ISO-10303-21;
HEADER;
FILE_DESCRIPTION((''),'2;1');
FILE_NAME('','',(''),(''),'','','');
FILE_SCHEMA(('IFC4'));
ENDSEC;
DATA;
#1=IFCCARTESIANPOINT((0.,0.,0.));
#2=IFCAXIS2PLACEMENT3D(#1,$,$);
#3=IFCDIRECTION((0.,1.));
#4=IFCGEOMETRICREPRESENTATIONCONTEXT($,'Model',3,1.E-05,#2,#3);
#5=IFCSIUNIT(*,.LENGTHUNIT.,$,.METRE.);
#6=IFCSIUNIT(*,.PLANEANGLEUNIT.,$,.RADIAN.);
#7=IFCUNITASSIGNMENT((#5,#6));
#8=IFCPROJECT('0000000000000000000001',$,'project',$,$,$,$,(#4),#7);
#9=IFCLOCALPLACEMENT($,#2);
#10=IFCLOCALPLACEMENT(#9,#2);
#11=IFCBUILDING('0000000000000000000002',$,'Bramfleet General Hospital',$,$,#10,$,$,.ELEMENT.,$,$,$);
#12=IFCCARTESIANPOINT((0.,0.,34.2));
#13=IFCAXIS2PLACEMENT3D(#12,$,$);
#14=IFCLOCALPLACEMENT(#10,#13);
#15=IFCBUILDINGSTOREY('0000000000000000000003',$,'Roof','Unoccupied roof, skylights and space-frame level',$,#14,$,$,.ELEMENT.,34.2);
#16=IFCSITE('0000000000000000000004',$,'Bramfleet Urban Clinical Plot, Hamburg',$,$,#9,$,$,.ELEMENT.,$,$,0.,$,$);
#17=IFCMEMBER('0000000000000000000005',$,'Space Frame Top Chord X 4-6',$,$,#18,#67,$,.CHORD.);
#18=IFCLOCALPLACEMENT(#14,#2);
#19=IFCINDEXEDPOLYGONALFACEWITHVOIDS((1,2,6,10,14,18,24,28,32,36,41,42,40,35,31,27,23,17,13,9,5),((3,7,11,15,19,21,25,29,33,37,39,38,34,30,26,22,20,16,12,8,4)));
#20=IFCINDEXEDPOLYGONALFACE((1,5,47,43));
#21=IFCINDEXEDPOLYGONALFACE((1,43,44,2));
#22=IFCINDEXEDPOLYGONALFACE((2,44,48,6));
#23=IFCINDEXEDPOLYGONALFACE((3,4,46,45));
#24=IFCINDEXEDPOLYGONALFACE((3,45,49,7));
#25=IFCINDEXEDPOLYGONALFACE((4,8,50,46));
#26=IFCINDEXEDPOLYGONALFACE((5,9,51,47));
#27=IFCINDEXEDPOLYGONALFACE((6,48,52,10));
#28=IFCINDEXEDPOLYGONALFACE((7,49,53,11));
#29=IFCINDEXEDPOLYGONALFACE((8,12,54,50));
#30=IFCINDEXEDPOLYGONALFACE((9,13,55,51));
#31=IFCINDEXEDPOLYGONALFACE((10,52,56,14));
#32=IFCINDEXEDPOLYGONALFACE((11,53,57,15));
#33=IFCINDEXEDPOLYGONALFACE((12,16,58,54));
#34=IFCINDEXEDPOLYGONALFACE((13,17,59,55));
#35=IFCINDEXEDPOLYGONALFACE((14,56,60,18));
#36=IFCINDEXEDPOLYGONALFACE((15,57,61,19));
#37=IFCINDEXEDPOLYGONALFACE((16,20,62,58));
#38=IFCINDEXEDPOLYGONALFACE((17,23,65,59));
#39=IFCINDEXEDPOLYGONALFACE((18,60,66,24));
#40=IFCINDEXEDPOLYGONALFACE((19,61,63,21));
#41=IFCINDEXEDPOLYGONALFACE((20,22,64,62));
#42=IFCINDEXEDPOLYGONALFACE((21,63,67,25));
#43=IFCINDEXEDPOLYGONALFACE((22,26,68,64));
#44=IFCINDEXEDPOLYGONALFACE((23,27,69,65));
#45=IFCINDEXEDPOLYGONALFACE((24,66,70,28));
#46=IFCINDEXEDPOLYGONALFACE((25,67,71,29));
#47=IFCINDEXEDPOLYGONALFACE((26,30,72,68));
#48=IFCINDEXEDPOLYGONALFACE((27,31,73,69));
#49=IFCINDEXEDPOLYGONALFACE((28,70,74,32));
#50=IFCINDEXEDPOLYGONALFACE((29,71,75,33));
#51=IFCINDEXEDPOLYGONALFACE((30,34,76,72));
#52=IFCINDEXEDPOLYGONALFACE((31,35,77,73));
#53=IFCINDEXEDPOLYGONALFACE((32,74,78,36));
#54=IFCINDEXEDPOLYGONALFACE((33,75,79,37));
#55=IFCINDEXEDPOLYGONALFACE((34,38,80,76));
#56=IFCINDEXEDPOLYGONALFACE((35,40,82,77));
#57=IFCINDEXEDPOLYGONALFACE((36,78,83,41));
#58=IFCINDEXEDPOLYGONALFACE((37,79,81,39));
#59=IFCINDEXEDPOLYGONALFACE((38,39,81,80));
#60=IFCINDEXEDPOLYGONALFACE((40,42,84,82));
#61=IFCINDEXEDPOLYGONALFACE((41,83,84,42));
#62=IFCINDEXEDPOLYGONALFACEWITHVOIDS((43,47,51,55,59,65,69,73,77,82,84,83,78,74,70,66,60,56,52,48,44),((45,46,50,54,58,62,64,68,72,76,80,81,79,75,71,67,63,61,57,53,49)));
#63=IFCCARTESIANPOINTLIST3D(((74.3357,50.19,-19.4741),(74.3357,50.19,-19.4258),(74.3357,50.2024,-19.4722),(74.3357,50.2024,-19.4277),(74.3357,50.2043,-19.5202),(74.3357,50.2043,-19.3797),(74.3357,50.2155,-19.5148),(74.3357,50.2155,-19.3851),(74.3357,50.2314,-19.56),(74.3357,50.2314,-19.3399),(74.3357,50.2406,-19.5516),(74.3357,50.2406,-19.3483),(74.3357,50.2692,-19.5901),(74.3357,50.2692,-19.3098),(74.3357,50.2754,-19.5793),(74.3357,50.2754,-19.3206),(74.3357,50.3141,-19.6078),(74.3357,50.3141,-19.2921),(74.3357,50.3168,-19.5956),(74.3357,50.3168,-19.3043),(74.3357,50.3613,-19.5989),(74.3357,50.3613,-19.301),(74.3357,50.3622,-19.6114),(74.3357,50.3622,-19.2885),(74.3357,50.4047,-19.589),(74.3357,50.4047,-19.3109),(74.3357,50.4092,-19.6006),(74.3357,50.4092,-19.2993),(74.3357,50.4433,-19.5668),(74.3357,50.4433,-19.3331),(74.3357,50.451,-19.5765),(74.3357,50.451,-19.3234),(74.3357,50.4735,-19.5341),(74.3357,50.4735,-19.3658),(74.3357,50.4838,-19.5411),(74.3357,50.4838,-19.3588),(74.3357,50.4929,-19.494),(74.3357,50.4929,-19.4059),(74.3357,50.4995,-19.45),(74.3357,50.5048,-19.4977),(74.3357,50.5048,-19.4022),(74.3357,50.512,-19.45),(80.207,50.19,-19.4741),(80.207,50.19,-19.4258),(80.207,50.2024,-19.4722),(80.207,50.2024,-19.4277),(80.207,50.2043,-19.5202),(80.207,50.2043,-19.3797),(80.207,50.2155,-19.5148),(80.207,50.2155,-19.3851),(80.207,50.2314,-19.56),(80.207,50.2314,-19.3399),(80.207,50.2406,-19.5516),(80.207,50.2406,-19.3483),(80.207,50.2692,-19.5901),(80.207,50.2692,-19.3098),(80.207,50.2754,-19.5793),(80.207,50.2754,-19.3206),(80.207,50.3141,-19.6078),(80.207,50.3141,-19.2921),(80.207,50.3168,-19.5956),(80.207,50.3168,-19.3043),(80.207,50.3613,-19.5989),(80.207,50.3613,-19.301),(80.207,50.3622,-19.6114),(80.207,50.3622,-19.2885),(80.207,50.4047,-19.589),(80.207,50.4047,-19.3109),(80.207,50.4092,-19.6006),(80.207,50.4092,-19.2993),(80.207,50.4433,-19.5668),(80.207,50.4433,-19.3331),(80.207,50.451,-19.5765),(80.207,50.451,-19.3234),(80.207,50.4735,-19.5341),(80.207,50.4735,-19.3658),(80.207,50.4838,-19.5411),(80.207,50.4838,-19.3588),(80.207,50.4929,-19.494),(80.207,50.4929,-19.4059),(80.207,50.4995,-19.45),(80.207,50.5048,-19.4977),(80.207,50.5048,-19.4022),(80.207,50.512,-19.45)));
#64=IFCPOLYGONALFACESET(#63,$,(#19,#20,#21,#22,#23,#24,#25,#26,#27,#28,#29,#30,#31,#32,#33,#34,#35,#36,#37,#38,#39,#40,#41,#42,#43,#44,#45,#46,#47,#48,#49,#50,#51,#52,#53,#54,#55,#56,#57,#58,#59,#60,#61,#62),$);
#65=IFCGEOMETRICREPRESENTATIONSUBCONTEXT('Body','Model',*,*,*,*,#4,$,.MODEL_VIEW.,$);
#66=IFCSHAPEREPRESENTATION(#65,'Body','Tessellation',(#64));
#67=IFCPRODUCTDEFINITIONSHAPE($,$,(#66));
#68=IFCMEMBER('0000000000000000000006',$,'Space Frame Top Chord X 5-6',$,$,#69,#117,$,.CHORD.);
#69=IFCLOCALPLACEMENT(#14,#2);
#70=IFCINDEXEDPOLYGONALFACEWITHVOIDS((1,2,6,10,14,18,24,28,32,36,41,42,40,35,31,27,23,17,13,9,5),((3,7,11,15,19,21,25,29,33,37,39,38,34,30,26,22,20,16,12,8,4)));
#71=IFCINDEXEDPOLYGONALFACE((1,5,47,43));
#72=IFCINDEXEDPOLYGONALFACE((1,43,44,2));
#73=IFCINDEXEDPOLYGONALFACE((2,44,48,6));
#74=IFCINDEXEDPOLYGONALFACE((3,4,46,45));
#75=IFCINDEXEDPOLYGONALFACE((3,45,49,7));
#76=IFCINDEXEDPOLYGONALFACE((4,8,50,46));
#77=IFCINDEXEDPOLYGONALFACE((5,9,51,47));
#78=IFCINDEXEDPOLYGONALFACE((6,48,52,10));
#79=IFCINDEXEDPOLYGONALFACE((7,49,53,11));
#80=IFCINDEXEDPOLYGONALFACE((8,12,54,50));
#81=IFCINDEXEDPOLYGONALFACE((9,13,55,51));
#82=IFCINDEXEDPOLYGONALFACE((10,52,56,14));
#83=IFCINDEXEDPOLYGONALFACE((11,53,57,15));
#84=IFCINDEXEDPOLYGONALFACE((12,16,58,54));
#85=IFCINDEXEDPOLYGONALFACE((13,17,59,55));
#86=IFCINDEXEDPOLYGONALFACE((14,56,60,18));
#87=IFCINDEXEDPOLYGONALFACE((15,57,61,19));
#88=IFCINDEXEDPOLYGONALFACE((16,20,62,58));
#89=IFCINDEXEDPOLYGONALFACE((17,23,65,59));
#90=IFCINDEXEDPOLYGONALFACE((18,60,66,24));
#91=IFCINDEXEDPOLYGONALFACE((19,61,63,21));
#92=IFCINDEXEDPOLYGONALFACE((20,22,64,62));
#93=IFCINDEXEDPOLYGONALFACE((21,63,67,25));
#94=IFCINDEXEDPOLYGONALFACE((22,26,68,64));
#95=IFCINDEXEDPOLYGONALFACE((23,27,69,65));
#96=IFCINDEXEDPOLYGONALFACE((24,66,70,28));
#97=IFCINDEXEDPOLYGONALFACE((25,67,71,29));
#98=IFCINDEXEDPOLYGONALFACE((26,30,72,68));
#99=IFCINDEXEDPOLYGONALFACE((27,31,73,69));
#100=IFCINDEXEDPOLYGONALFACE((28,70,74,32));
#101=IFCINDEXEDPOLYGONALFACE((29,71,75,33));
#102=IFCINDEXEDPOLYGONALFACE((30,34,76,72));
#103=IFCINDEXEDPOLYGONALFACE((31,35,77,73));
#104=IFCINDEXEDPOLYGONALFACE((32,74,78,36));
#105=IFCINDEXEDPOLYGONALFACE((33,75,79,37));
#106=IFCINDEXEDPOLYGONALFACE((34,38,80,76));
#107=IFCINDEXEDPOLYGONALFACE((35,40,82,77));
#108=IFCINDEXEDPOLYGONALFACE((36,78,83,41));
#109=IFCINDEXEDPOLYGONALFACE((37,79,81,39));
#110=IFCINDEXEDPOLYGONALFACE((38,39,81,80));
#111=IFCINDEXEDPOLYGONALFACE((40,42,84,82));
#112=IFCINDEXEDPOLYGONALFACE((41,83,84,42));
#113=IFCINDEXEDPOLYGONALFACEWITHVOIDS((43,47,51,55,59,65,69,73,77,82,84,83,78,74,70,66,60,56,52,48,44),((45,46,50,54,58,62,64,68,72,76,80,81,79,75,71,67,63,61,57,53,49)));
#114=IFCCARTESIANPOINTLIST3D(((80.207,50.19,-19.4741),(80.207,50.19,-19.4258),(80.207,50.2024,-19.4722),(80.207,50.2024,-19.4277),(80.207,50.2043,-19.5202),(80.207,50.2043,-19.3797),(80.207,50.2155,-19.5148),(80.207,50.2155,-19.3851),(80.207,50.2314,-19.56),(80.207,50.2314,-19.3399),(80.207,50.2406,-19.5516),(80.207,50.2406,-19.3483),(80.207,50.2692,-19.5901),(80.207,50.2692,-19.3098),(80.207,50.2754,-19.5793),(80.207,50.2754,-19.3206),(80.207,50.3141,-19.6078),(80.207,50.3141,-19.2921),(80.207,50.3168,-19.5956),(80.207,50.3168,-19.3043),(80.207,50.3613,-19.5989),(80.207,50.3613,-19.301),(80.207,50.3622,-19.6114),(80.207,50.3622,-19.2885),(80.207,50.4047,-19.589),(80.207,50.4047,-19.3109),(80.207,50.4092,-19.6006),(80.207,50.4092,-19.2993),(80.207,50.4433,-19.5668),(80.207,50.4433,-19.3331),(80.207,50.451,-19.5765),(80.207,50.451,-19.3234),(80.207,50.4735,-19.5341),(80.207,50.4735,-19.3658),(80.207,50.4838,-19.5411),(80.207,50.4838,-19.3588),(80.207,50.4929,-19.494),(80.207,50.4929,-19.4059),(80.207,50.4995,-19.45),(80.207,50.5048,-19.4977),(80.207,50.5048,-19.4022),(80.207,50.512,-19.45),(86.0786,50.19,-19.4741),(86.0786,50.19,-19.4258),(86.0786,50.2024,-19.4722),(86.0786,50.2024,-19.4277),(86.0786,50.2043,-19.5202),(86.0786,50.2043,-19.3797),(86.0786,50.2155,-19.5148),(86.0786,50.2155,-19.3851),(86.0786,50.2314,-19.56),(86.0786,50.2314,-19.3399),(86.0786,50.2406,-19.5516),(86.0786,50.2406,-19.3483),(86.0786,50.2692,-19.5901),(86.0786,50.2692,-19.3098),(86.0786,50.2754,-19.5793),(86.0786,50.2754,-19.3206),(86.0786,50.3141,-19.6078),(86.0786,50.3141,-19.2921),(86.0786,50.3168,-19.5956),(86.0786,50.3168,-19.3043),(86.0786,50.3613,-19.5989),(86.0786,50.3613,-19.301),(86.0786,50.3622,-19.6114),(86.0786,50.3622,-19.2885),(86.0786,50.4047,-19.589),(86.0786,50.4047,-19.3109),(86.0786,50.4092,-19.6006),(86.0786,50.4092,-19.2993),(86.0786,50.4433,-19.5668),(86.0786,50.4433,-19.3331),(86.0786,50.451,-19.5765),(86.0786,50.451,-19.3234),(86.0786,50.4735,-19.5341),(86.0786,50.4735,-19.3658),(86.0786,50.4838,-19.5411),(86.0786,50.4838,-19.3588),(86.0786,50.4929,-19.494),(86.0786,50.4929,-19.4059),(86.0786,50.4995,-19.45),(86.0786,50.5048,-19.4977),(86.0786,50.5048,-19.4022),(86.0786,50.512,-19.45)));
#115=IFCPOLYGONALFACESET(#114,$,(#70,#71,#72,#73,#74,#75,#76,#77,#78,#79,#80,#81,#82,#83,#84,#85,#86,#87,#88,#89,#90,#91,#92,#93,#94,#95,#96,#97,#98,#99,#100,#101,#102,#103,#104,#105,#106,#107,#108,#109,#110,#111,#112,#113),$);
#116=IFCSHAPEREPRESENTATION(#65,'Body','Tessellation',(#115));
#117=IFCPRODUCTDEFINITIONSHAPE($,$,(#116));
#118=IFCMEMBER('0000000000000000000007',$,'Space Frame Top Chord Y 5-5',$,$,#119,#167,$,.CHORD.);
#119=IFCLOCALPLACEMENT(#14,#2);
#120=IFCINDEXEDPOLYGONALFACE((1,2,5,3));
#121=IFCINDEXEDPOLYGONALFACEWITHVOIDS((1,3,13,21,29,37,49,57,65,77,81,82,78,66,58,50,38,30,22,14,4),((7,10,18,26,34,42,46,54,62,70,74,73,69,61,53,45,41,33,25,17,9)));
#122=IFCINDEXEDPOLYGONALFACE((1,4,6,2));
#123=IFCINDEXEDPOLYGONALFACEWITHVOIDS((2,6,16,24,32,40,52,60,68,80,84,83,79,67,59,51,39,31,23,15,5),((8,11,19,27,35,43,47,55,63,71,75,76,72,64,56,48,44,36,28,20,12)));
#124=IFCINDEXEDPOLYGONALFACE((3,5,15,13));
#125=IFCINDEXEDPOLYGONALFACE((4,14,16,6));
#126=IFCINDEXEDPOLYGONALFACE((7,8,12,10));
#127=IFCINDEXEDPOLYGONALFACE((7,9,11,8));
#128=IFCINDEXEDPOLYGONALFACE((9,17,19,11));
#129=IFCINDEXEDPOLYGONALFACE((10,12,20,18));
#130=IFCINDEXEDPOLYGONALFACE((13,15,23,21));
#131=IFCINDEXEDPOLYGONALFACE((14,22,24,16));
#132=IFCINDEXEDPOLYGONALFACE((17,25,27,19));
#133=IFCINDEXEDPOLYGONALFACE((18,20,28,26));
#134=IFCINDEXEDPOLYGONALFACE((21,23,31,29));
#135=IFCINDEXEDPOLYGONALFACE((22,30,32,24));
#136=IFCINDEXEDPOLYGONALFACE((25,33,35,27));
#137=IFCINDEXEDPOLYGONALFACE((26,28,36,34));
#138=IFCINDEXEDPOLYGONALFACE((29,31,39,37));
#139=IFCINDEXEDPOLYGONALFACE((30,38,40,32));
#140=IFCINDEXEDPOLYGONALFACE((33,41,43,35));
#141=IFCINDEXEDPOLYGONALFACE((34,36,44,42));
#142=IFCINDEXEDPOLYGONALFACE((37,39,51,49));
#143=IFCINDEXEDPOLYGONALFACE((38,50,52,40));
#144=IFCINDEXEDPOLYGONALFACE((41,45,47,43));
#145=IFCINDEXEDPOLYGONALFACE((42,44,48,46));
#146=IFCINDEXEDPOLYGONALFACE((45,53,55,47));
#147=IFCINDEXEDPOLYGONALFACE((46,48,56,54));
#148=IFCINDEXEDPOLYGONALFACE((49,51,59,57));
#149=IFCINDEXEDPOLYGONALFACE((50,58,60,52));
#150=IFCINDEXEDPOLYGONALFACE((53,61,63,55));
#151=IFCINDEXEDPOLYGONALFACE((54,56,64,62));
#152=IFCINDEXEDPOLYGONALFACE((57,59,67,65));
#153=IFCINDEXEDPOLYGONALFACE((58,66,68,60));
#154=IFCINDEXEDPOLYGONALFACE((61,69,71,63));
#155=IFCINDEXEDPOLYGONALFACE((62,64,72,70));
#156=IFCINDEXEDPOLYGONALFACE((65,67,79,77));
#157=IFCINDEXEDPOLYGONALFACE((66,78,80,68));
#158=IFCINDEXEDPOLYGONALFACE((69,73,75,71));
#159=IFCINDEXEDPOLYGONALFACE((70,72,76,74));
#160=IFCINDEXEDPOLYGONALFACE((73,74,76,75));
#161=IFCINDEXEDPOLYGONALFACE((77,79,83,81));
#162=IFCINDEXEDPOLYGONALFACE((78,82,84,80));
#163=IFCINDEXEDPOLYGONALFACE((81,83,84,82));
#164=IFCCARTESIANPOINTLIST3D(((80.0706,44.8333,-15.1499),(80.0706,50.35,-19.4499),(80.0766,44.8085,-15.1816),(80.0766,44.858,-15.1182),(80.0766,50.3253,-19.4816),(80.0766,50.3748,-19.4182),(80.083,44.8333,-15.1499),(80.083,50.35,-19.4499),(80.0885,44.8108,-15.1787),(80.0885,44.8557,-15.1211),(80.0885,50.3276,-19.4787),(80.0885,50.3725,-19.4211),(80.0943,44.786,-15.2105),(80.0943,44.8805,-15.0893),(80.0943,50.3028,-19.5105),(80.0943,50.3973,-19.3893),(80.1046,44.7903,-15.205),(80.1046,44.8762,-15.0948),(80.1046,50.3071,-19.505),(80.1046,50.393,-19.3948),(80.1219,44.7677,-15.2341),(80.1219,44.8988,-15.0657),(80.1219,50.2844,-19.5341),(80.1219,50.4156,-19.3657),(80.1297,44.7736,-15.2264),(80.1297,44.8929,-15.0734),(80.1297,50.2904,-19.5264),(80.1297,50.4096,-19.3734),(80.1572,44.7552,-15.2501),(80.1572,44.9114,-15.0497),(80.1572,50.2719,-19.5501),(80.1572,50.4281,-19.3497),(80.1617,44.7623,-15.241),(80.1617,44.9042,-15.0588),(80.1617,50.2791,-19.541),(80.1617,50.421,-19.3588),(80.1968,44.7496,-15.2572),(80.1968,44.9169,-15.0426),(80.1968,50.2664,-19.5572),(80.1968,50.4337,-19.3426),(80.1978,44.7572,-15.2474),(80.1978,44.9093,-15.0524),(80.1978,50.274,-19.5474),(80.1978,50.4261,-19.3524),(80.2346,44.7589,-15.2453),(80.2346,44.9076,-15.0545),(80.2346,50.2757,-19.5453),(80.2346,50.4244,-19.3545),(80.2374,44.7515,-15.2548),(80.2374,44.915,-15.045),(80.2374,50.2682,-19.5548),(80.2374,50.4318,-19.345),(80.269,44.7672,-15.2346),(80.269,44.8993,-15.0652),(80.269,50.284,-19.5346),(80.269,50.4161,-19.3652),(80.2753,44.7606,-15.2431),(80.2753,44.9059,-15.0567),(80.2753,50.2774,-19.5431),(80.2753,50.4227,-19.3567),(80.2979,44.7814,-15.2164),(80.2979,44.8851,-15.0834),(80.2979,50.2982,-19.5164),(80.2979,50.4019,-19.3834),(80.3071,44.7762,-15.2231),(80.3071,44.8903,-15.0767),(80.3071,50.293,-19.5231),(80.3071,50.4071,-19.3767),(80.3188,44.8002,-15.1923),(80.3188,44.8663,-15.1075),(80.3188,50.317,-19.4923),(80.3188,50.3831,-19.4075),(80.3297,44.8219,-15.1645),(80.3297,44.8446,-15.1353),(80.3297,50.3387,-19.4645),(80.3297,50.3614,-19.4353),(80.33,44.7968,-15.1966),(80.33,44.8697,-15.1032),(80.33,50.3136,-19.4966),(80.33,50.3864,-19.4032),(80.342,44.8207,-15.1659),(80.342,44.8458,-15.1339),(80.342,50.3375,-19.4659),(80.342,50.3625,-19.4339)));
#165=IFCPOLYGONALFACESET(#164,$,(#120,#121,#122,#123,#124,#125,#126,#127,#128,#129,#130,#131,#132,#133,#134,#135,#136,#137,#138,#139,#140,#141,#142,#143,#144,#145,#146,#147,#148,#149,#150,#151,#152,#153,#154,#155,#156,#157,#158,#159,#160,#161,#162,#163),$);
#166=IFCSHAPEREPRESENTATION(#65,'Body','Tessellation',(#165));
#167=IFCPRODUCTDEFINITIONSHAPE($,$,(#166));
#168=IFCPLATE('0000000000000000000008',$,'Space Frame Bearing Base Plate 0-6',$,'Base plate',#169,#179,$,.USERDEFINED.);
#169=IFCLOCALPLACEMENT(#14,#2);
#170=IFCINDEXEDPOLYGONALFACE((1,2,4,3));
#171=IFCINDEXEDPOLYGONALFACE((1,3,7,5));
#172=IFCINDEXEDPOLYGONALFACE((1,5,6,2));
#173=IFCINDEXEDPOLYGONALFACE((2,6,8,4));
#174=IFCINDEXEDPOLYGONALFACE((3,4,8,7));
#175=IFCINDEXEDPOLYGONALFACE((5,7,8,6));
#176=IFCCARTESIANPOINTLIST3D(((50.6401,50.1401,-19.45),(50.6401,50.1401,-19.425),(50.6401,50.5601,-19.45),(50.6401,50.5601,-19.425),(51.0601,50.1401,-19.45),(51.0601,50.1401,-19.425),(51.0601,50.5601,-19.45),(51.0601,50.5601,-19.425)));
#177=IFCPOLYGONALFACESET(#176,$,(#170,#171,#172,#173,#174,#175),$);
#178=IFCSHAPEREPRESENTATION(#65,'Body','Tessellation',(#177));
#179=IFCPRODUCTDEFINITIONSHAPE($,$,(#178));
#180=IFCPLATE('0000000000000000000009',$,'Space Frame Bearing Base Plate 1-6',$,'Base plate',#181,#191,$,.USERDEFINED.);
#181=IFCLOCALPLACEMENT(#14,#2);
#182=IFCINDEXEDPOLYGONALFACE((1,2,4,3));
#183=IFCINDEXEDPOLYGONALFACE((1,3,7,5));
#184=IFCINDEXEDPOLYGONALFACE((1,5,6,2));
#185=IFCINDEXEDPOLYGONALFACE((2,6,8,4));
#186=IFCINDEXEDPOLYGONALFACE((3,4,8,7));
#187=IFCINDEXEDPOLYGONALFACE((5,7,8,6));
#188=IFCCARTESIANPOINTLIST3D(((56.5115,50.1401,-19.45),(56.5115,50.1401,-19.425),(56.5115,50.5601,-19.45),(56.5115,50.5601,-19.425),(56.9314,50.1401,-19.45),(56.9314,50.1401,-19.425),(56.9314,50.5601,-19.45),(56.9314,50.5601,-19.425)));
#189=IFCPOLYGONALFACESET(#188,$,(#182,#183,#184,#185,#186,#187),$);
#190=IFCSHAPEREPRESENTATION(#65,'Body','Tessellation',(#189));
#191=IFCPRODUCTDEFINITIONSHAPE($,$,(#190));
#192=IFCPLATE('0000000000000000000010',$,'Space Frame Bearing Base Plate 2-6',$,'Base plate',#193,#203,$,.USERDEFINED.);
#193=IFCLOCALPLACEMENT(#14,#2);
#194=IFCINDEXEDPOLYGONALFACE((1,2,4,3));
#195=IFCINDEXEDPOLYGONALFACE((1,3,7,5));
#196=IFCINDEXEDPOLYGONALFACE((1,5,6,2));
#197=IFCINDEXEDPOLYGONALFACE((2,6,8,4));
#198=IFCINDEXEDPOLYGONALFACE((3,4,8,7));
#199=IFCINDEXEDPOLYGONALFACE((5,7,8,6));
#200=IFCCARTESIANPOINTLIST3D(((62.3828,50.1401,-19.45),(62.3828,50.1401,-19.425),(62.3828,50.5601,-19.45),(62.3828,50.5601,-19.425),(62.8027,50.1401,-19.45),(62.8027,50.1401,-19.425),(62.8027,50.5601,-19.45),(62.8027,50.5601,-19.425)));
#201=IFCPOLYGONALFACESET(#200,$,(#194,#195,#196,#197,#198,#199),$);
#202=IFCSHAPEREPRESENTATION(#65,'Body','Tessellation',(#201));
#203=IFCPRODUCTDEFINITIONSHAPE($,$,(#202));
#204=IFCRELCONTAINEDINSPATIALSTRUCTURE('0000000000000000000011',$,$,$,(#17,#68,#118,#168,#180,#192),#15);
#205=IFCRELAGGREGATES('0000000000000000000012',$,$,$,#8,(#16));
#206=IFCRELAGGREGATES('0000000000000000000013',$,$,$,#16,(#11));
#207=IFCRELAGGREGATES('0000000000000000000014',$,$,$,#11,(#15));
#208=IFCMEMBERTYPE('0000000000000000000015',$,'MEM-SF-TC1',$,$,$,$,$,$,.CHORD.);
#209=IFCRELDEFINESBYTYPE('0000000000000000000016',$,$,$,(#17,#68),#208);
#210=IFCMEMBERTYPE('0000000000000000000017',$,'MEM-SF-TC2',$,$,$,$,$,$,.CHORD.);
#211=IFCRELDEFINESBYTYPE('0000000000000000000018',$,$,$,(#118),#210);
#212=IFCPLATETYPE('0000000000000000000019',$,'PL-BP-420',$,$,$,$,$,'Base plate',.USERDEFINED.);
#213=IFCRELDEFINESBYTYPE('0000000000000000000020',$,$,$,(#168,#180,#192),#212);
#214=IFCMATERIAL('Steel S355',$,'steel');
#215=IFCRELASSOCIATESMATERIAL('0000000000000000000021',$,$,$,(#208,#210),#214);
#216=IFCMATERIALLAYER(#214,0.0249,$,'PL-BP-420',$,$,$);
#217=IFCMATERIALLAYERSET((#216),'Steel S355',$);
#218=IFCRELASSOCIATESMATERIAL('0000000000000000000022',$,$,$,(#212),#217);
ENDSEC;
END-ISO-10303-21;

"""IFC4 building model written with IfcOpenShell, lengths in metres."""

from ifc_helpers import new_model, si_unit, direction, frame, origin, origin_2d, place, context, subcontext, project, spatial, rectangle, hollow_circle, extrude, material, layer, layer_set, material_profile, profile_set, type_object, element, save


model = new_model("IFC4")

# Units and contexts
model_context = context("Model", 3, precision=1e-05, world=origin(), true_north=direction((0.0, 1.0)))
body_context = subcontext(model_context, "Body", "Model", "MODEL_VIEW")
ifc_project = project(units=[si_unit("LENGTHUNIT", "METRE"), si_unit("PLANEANGLEUNIT", "RADIAN")], contexts=[model_context])

# Site, building, storey
site_placement = place(None, origin())
site = spatial("IfcSite", under=ifc_project, at=site_placement, Name="Bramfleet Urban Clinical Plot, Hamburg", CompositionType="ELEMENT", RefElevation=0.0)
building_placement = place(site_placement, origin())
building = spatial("IfcBuilding", under=site, at=building_placement, Name="Bramfleet General Hospital", CompositionType="ELEMENT")
storey_placement = place(building_placement, frame((0.0, 0.0, 34.2)))
storey = spatial("IfcBuildingStorey", under=building, at=storey_placement, Name="Roof", Description="Unoccupied roof, skylights and space-frame level", CompositionType="ELEMENT", Elevation=34.2)

# Members
ifc_material_1 = material(Name="Steel S355", Category="steel")
ifc_material_profile_1 = material_profile(ifc_material_1, hollow_circle(Radius=0.1619, WallThickness=0.0125, at=origin_2d()), Name="CHS 323.9x12.5")
ifc_profile_set_1 = profile_set([ifc_material_profile_1], Name="Steel S355")
member_type_1 = type_object("IfcMemberType", Name="MEM-SF-TC1", PredefinedType="CHORD", material=ifc_profile_set_1)
for number, where, z_axis, x_axis, name in (
    (1, (74.3357, 50.3501, -19.45), (1.0, 0.0, 0.0), (0.0, 1.0, 0.0), "Space Frame Top Chord X 4-6"),
):
    element("IfcMember", number, at=place(storey_placement, frame(where, z_axis=z_axis, x_axis=x_axis)), inside=storey, type_object=member_type_1, Name=name, PredefinedType="CHORD", context=body_context, shape_type="SweptSolid", body=[
        extrude(hollow_circle(Radius=0.1619, WallThickness=0.0125, at=origin_2d()), origin(), (0.0, 0.0, 1.0), 5.8713),
    ])
member_1_placement = place(storey_placement, frame((80.207, 50.3501, -19.45), z_axis=(1.0, 0.0, 0.0), x_axis=(0.0, 1.0, 0.0)))
element("IfcMember", 2, at=member_1_placement, inside=storey, type_object=member_type_1, Name="Space Frame Top Chord X 5-6", PredefinedType="CHORD", context=body_context, shape_type="SweptSolid", body=[
    extrude(hollow_circle(Radius=0.1619, WallThickness=0.0125, at=origin_2d()), origin(), (0.0, 0.0, 1.0), 5.8716),
])
ifc_material_profile_2 = material_profile(ifc_material_1, hollow_circle(Radius=0.1365, WallThickness=0.0125, at=origin_2d()), Name="CHS 273.0x12.5")
ifc_profile_set_2 = profile_set([ifc_material_profile_2], Name="Steel S355")
member_type_2 = type_object("IfcMemberType", Name="MEM-SF-TC2", PredefinedType="CHORD", material=ifc_profile_set_2)
member_2_placement = place(storey_placement, frame((80.207, 44.8333, -15.1499), z_axis=(0.0, 0.788717, -0.614757), x_axis=(-1.0, 0.0, 0.0)))
element("IfcMember", 3, at=member_2_placement, inside=storey, type_object=member_type_2, Name="Space Frame Top Chord Y 5-5", PredefinedType="CHORD", context=body_context, shape_type="SweptSolid", body=[
    extrude(hollow_circle(Radius=0.1365, WallThickness=0.0125, at=origin_2d()), origin(), (0.0, 0.0, 1.0), 6.9946),
])

# Plates
ifc_layer_1 = layer(ifc_material_1, 0.0249, Name="PL-BP-420")
ifc_layer_set_1 = layer_set([ifc_layer_1], Name="Steel S355")
plate_type_1 = type_object("IfcPlateType", Name="PL-BP-420", ElementType="Base plate", PredefinedType="USERDEFINED", material=ifc_layer_set_1)
for number, where, z_axis, x_axis, name in (
    (4, (50.8501, 50.3501, -19.45), (0.0, 0.0, 1.0), (1.0, 0.0, 0.0), "Space Frame Bearing Base Plate 0-6"),
    (5, (56.7214, 50.3501, -19.45), (0.0, 0.0, 1.0), (1.0, 0.0, 0.0), "Space Frame Bearing Base Plate 1-6"),
    (6, (62.5928, 50.3501, -19.45), (0.0, 0.0, 1.0), (1.0, 0.0, 0.0), "Space Frame Bearing Base Plate 2-6"),
):
    element("IfcPlate", number, at=place(storey_placement, frame(where, z_axis=z_axis, x_axis=x_axis)), inside=storey, type_object=plate_type_1, Name=name, ObjectType="Base plate", PredefinedType="USERDEFINED", context=body_context, shape_type="SweptSolid", body=[
        extrude(rectangle(XDim=0.4199, YDim=0.4199, at=origin_2d()), origin(), (0.0, 0.0, 1.0), 0.0249),
    ])

save(model, "model.ifc")
